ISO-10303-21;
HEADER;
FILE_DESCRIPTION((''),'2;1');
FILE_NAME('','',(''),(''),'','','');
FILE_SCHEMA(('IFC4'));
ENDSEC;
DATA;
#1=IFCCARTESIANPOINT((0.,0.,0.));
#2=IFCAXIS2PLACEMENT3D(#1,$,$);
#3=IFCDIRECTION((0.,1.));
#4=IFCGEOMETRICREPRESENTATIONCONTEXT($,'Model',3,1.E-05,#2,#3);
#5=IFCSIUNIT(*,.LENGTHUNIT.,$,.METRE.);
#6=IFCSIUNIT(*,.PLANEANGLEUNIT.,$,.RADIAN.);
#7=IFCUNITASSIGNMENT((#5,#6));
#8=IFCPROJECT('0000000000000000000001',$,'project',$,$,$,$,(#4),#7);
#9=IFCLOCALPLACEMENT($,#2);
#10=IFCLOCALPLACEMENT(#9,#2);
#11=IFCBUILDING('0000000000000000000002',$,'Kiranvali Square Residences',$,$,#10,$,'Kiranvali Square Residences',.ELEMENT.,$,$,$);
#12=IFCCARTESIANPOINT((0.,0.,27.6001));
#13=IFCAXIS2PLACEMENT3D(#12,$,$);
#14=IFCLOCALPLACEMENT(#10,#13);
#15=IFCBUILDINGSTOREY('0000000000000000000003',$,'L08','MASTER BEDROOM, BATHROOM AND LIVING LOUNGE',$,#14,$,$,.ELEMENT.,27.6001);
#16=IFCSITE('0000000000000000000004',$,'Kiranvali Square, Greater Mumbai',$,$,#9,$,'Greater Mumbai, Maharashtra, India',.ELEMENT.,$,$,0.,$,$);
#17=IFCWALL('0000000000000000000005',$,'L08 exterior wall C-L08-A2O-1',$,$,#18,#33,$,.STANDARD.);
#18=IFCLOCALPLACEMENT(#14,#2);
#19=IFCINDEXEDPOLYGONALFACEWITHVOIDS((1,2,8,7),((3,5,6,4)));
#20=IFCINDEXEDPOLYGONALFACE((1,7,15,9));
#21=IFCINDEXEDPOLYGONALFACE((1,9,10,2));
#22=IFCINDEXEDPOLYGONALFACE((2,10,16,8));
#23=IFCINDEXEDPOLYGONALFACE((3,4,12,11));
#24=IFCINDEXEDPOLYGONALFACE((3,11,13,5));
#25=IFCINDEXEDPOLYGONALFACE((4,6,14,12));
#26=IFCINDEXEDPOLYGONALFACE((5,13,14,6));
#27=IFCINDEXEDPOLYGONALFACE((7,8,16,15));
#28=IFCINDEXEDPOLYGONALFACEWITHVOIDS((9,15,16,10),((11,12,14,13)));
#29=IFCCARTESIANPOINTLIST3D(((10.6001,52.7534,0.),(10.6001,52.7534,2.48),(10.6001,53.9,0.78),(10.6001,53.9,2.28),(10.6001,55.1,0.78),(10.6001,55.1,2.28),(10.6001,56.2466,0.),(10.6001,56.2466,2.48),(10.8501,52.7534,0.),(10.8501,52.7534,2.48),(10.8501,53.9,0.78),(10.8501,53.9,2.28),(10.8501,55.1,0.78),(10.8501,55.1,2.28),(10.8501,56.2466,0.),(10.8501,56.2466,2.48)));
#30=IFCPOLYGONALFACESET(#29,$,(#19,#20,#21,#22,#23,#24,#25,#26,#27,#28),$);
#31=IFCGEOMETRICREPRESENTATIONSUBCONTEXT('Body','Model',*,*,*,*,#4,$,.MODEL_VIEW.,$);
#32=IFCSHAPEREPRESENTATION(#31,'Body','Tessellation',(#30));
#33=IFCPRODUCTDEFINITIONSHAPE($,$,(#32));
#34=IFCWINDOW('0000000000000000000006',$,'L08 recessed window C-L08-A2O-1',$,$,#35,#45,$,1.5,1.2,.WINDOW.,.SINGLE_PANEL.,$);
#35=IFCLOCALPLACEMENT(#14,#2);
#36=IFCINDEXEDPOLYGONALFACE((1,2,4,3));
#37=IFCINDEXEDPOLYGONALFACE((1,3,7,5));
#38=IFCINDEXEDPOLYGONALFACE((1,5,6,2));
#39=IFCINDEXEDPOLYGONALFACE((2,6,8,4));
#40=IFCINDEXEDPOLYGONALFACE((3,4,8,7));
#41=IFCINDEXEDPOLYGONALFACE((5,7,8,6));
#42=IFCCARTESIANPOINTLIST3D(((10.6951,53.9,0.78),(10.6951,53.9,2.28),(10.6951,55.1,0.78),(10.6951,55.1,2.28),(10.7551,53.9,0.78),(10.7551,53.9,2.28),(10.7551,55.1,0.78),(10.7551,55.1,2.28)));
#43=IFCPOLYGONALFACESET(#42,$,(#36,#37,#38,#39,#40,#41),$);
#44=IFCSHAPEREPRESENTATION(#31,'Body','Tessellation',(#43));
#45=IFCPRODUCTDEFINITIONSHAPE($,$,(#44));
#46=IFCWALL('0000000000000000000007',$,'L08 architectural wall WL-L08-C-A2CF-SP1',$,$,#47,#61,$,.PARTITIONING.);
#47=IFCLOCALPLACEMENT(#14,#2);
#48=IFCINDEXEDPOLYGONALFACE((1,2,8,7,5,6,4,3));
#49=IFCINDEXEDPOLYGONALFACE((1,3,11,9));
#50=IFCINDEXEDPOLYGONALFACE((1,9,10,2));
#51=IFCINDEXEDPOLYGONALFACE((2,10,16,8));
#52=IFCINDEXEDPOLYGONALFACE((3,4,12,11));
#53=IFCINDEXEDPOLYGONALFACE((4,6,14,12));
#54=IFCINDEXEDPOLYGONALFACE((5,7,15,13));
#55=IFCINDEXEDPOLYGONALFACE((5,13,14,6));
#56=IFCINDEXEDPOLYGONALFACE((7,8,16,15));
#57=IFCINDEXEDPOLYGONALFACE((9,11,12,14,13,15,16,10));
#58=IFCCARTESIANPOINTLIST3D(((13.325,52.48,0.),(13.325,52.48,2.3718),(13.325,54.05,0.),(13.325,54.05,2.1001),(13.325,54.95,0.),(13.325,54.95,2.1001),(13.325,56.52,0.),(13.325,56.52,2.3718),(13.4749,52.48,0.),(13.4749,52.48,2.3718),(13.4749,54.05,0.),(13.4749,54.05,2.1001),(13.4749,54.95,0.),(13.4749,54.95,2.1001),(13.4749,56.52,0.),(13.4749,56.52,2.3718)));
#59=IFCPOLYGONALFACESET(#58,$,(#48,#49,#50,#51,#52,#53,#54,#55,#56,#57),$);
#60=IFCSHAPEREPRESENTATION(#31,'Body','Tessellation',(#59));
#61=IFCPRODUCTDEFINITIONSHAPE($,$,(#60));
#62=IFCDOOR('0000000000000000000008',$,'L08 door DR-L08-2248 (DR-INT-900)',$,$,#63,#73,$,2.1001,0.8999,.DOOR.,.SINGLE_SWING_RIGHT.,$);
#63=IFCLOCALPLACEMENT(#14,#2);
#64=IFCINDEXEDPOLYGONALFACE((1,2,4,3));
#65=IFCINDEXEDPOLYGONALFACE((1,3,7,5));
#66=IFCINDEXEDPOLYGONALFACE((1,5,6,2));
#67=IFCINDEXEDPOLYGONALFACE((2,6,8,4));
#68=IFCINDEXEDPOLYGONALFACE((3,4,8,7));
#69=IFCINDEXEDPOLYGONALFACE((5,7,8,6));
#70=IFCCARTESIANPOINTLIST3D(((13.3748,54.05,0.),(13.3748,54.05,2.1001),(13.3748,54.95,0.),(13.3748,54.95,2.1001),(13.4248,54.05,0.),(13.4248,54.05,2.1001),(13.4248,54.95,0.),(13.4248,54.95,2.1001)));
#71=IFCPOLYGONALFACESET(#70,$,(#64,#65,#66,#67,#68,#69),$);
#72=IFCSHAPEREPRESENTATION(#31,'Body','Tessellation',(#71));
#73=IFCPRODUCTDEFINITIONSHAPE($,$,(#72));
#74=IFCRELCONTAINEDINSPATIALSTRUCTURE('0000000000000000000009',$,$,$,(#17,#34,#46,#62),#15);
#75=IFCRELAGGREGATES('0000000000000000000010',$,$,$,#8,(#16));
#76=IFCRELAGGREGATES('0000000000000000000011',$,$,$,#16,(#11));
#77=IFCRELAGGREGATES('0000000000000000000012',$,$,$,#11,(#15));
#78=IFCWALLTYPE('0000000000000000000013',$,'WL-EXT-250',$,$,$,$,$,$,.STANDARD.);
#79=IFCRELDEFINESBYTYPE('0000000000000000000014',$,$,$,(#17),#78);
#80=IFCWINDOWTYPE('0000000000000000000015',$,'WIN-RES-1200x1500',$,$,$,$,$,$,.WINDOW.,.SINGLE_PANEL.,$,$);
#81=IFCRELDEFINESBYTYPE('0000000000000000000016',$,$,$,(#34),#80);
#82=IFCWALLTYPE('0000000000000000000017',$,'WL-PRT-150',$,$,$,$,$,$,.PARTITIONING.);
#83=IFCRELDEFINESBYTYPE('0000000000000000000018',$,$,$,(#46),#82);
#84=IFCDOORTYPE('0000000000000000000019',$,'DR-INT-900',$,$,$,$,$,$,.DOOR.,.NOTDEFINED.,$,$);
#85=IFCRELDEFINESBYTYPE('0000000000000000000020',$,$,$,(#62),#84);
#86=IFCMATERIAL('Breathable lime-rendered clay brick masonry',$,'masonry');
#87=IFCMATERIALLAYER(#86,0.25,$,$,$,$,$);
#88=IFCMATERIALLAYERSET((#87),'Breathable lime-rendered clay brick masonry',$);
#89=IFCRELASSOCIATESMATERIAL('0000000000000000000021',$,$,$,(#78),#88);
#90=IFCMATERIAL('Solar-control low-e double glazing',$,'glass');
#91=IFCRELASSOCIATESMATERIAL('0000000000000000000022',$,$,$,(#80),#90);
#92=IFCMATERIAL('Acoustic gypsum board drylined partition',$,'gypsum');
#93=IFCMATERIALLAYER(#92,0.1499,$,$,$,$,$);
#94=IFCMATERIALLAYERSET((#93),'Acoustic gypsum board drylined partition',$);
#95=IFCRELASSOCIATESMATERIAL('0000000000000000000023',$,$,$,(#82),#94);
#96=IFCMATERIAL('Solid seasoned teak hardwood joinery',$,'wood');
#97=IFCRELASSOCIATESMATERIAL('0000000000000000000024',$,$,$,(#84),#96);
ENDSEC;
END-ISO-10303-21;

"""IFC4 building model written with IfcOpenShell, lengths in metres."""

from ifc_helpers import new_model, si_unit, direction, frame, frame_2d, origin, place, context, subcontext, project, spatial, rectangle, extrude, material, layer, layer_set, type_object, element, fill, save


model = new_model("IFC4")

# Units and contexts
model_context = context("Model", 3, precision=1e-05, world=origin(), true_north=direction((0.0, 1.0)))
body_context = subcontext(model_context, "Body", "Model", "MODEL_VIEW")
ifc_project = project(units=[si_unit("LENGTHUNIT", "METRE"), si_unit("PLANEANGLEUNIT", "RADIAN")], contexts=[model_context])

# Site, building, storey
site_placement = place(None, origin())
site = spatial("IfcSite", under=ifc_project, at=site_placement, Name="Kiranvali Square, Greater Mumbai", LongName="Greater Mumbai, Maharashtra, India", CompositionType="ELEMENT", RefElevation=0.0)
building_placement = place(site_placement, origin())
building = spatial("IfcBuilding", under=site, at=building_placement, Name="Kiranvali Square Residences", LongName="Kiranvali Square Residences", CompositionType="ELEMENT")
storey_placement = place(building_placement, frame((0.0, 0.0, 27.6001)))
storey = spatial("IfcBuildingStorey", under=building, at=storey_placement, Name="L08", Description="MASTER BEDROOM, BATHROOM AND LIVING LOUNGE", CompositionType="ELEMENT", Elevation=27.6001)

# Wall, opening, window
ifc_material_1 = material(Name="Breathable lime-rendered clay brick masonry", Category="masonry")
ifc_layer_1 = layer(ifc_material_1, 0.25)
ifc_layer_set_1 = layer_set([ifc_layer_1], Name="Breathable lime-rendered clay brick masonry")
wall_type_1 = type_object("IfcWallType", Name="WL-EXT-250", PredefinedType="STANDARD", material=ifc_layer_set_1)
wall_1_placement = place(storey_placement, frame((10.7251, 52.7534, 0.0), z_axis=(0.0, 0.0, 1.0), x_axis=(0.0, 1.0, 0.0)))
wall_1 = element("IfcWall", 1, at=wall_1_placement, inside=storey, type_object=wall_type_1, Name="L08 exterior wall C-L08-A2O-1", PredefinedType="STANDARD", context=body_context, shape_type="SweptSolid", body=[
    extrude(rectangle(XDim=3.4932, YDim=0.25, at=frame_2d((1.7466, 0.0))), origin(), (0.0, 0.0, 1.0), 2.48),
])
opening_1_placement = place(wall_1_placement, frame((1.1465, 0.0, 0.78)))
opening_1 = element("IfcOpeningElement", 2, at=opening_1_placement, cuts=wall_1, PredefinedType="OPENING", context=body_context, shape_type="SweptSolid", body=[
    extrude(rectangle(XDim=1.2, YDim=1.5, at=frame_2d((0.6001, 0.75))), frame((0.0, 0.135, 0.0), z_axis=(0.0, -1.0, 0.0), x_axis=(1.0, 0.0, 0.0)), (0.0, 0.0, 1.0), 0.27),
])
ifc_material_2 = material(Name="Solar-control low-e double glazing", Category="glass")
window_type = type_object("IfcWindowType", Name="WIN-RES-1200x1500", PartitioningType="SINGLE_PANEL", PredefinedType="WINDOW", material=ifc_material_2)
window_placement = place(opening_1_placement, origin())
window = element("IfcWindow", 3, at=window_placement, inside=storey, type_object=window_type, Name="L08 recessed window C-L08-A2O-1", OverallHeight=1.5, OverallWidth=1.2, PartitioningType="SINGLE_PANEL", PredefinedType="WINDOW", context=body_context, shape_type="SweptSolid", body=[
    extrude(rectangle(XDim=1.2, YDim=1.5, at=frame_2d((0.6001, 0.75))), frame((0.0, 0.03, 0.0), z_axis=(0.0, -1.0, 0.0), x_axis=(1.0, 0.0, 0.0)), (0.0, 0.0, 1.0), 0.0601),
])
fill(opening_1, window)

# Wall, opening, door
ifc_material_3 = material(Name="Acoustic gypsum board drylined partition", Category="gypsum")
ifc_layer_2 = layer(ifc_material_3, 0.1499)
ifc_layer_set_2 = layer_set([ifc_layer_2], Name="Acoustic gypsum board drylined partition")
wall_type_2 = type_object("IfcWallType", Name="WL-PRT-150", PredefinedType="PARTITIONING", material=ifc_layer_set_2)
wall_2_placement = place(storey_placement, frame((13.3999, 52.48, 0.0), z_axis=(0.0, 0.0, 1.0), x_axis=(0.0, 1.0, 0.0)))
wall_2 = element("IfcWall", 4, at=wall_2_placement, inside=storey, type_object=wall_type_2, Name="L08 architectural wall WL-L08-C-A2CF-SP1", PredefinedType="PARTITIONING", context=body_context, shape_type="SweptSolid", body=[
    extrude(rectangle(XDim=4.04, YDim=0.1499, at=frame_2d((2.02, 0.0))), origin(), (0.0, 0.0, 1.0), 2.3718),
])
opening_2_placement = place(wall_2_placement, frame((1.5701, 0.0, 0.0)))
opening_2 = element("IfcOpeningElement", 5, at=opening_2_placement, cuts=wall_2, PredefinedType="OPENING", context=body_context, shape_type="SweptSolid", body=[
    extrude(rectangle(XDim=0.8999, YDim=2.1001, at=frame_2d((0.45, 1.05))), frame((0.0, 0.085, 0.0), z_axis=(0.0, -1.0, 0.0), x_axis=(1.0, 0.0, 0.0)), (0.0, 0.0, 1.0), 0.1699),
])
ifc_material_4 = material(Name="Solid seasoned teak hardwood joinery", Category="wood")
door_type_1 = type_object("IfcDoorType", Name="DR-INT-900", OperationType="NOTDEFINED", PredefinedType="DOOR", material=ifc_material_4)
door_1_placement = place(opening_2_placement, frame((0.8999, 0.0, 0.0), z_axis=(0.0, 0.0, 1.0), x_axis=(-1.0, 0.0, 0.0)))
door_1 = element("IfcDoor", 6, at=door_1_placement, inside=storey, type_object=door_type_1, Name="L08 door DR-L08-2248 (DR-INT-900)", OperationType="SINGLE_SWING_RIGHT", OverallHeight=2.1001, OverallWidth=0.8999, PredefinedType="DOOR", context=body_context, shape_type="SweptSolid", body=[
    extrude(rectangle(XDim=0.8999, YDim=2.1001, at=frame_2d((0.45, 1.05))), frame((0.0, 0.0249, 0.0), z_axis=(0.0, -1.0, 0.0), x_axis=(1.0, 0.0, 0.0)), (0.0, 0.0, 1.0), 0.05),
])
fill(opening_2, door_1)

save(model, "model.ifc")
